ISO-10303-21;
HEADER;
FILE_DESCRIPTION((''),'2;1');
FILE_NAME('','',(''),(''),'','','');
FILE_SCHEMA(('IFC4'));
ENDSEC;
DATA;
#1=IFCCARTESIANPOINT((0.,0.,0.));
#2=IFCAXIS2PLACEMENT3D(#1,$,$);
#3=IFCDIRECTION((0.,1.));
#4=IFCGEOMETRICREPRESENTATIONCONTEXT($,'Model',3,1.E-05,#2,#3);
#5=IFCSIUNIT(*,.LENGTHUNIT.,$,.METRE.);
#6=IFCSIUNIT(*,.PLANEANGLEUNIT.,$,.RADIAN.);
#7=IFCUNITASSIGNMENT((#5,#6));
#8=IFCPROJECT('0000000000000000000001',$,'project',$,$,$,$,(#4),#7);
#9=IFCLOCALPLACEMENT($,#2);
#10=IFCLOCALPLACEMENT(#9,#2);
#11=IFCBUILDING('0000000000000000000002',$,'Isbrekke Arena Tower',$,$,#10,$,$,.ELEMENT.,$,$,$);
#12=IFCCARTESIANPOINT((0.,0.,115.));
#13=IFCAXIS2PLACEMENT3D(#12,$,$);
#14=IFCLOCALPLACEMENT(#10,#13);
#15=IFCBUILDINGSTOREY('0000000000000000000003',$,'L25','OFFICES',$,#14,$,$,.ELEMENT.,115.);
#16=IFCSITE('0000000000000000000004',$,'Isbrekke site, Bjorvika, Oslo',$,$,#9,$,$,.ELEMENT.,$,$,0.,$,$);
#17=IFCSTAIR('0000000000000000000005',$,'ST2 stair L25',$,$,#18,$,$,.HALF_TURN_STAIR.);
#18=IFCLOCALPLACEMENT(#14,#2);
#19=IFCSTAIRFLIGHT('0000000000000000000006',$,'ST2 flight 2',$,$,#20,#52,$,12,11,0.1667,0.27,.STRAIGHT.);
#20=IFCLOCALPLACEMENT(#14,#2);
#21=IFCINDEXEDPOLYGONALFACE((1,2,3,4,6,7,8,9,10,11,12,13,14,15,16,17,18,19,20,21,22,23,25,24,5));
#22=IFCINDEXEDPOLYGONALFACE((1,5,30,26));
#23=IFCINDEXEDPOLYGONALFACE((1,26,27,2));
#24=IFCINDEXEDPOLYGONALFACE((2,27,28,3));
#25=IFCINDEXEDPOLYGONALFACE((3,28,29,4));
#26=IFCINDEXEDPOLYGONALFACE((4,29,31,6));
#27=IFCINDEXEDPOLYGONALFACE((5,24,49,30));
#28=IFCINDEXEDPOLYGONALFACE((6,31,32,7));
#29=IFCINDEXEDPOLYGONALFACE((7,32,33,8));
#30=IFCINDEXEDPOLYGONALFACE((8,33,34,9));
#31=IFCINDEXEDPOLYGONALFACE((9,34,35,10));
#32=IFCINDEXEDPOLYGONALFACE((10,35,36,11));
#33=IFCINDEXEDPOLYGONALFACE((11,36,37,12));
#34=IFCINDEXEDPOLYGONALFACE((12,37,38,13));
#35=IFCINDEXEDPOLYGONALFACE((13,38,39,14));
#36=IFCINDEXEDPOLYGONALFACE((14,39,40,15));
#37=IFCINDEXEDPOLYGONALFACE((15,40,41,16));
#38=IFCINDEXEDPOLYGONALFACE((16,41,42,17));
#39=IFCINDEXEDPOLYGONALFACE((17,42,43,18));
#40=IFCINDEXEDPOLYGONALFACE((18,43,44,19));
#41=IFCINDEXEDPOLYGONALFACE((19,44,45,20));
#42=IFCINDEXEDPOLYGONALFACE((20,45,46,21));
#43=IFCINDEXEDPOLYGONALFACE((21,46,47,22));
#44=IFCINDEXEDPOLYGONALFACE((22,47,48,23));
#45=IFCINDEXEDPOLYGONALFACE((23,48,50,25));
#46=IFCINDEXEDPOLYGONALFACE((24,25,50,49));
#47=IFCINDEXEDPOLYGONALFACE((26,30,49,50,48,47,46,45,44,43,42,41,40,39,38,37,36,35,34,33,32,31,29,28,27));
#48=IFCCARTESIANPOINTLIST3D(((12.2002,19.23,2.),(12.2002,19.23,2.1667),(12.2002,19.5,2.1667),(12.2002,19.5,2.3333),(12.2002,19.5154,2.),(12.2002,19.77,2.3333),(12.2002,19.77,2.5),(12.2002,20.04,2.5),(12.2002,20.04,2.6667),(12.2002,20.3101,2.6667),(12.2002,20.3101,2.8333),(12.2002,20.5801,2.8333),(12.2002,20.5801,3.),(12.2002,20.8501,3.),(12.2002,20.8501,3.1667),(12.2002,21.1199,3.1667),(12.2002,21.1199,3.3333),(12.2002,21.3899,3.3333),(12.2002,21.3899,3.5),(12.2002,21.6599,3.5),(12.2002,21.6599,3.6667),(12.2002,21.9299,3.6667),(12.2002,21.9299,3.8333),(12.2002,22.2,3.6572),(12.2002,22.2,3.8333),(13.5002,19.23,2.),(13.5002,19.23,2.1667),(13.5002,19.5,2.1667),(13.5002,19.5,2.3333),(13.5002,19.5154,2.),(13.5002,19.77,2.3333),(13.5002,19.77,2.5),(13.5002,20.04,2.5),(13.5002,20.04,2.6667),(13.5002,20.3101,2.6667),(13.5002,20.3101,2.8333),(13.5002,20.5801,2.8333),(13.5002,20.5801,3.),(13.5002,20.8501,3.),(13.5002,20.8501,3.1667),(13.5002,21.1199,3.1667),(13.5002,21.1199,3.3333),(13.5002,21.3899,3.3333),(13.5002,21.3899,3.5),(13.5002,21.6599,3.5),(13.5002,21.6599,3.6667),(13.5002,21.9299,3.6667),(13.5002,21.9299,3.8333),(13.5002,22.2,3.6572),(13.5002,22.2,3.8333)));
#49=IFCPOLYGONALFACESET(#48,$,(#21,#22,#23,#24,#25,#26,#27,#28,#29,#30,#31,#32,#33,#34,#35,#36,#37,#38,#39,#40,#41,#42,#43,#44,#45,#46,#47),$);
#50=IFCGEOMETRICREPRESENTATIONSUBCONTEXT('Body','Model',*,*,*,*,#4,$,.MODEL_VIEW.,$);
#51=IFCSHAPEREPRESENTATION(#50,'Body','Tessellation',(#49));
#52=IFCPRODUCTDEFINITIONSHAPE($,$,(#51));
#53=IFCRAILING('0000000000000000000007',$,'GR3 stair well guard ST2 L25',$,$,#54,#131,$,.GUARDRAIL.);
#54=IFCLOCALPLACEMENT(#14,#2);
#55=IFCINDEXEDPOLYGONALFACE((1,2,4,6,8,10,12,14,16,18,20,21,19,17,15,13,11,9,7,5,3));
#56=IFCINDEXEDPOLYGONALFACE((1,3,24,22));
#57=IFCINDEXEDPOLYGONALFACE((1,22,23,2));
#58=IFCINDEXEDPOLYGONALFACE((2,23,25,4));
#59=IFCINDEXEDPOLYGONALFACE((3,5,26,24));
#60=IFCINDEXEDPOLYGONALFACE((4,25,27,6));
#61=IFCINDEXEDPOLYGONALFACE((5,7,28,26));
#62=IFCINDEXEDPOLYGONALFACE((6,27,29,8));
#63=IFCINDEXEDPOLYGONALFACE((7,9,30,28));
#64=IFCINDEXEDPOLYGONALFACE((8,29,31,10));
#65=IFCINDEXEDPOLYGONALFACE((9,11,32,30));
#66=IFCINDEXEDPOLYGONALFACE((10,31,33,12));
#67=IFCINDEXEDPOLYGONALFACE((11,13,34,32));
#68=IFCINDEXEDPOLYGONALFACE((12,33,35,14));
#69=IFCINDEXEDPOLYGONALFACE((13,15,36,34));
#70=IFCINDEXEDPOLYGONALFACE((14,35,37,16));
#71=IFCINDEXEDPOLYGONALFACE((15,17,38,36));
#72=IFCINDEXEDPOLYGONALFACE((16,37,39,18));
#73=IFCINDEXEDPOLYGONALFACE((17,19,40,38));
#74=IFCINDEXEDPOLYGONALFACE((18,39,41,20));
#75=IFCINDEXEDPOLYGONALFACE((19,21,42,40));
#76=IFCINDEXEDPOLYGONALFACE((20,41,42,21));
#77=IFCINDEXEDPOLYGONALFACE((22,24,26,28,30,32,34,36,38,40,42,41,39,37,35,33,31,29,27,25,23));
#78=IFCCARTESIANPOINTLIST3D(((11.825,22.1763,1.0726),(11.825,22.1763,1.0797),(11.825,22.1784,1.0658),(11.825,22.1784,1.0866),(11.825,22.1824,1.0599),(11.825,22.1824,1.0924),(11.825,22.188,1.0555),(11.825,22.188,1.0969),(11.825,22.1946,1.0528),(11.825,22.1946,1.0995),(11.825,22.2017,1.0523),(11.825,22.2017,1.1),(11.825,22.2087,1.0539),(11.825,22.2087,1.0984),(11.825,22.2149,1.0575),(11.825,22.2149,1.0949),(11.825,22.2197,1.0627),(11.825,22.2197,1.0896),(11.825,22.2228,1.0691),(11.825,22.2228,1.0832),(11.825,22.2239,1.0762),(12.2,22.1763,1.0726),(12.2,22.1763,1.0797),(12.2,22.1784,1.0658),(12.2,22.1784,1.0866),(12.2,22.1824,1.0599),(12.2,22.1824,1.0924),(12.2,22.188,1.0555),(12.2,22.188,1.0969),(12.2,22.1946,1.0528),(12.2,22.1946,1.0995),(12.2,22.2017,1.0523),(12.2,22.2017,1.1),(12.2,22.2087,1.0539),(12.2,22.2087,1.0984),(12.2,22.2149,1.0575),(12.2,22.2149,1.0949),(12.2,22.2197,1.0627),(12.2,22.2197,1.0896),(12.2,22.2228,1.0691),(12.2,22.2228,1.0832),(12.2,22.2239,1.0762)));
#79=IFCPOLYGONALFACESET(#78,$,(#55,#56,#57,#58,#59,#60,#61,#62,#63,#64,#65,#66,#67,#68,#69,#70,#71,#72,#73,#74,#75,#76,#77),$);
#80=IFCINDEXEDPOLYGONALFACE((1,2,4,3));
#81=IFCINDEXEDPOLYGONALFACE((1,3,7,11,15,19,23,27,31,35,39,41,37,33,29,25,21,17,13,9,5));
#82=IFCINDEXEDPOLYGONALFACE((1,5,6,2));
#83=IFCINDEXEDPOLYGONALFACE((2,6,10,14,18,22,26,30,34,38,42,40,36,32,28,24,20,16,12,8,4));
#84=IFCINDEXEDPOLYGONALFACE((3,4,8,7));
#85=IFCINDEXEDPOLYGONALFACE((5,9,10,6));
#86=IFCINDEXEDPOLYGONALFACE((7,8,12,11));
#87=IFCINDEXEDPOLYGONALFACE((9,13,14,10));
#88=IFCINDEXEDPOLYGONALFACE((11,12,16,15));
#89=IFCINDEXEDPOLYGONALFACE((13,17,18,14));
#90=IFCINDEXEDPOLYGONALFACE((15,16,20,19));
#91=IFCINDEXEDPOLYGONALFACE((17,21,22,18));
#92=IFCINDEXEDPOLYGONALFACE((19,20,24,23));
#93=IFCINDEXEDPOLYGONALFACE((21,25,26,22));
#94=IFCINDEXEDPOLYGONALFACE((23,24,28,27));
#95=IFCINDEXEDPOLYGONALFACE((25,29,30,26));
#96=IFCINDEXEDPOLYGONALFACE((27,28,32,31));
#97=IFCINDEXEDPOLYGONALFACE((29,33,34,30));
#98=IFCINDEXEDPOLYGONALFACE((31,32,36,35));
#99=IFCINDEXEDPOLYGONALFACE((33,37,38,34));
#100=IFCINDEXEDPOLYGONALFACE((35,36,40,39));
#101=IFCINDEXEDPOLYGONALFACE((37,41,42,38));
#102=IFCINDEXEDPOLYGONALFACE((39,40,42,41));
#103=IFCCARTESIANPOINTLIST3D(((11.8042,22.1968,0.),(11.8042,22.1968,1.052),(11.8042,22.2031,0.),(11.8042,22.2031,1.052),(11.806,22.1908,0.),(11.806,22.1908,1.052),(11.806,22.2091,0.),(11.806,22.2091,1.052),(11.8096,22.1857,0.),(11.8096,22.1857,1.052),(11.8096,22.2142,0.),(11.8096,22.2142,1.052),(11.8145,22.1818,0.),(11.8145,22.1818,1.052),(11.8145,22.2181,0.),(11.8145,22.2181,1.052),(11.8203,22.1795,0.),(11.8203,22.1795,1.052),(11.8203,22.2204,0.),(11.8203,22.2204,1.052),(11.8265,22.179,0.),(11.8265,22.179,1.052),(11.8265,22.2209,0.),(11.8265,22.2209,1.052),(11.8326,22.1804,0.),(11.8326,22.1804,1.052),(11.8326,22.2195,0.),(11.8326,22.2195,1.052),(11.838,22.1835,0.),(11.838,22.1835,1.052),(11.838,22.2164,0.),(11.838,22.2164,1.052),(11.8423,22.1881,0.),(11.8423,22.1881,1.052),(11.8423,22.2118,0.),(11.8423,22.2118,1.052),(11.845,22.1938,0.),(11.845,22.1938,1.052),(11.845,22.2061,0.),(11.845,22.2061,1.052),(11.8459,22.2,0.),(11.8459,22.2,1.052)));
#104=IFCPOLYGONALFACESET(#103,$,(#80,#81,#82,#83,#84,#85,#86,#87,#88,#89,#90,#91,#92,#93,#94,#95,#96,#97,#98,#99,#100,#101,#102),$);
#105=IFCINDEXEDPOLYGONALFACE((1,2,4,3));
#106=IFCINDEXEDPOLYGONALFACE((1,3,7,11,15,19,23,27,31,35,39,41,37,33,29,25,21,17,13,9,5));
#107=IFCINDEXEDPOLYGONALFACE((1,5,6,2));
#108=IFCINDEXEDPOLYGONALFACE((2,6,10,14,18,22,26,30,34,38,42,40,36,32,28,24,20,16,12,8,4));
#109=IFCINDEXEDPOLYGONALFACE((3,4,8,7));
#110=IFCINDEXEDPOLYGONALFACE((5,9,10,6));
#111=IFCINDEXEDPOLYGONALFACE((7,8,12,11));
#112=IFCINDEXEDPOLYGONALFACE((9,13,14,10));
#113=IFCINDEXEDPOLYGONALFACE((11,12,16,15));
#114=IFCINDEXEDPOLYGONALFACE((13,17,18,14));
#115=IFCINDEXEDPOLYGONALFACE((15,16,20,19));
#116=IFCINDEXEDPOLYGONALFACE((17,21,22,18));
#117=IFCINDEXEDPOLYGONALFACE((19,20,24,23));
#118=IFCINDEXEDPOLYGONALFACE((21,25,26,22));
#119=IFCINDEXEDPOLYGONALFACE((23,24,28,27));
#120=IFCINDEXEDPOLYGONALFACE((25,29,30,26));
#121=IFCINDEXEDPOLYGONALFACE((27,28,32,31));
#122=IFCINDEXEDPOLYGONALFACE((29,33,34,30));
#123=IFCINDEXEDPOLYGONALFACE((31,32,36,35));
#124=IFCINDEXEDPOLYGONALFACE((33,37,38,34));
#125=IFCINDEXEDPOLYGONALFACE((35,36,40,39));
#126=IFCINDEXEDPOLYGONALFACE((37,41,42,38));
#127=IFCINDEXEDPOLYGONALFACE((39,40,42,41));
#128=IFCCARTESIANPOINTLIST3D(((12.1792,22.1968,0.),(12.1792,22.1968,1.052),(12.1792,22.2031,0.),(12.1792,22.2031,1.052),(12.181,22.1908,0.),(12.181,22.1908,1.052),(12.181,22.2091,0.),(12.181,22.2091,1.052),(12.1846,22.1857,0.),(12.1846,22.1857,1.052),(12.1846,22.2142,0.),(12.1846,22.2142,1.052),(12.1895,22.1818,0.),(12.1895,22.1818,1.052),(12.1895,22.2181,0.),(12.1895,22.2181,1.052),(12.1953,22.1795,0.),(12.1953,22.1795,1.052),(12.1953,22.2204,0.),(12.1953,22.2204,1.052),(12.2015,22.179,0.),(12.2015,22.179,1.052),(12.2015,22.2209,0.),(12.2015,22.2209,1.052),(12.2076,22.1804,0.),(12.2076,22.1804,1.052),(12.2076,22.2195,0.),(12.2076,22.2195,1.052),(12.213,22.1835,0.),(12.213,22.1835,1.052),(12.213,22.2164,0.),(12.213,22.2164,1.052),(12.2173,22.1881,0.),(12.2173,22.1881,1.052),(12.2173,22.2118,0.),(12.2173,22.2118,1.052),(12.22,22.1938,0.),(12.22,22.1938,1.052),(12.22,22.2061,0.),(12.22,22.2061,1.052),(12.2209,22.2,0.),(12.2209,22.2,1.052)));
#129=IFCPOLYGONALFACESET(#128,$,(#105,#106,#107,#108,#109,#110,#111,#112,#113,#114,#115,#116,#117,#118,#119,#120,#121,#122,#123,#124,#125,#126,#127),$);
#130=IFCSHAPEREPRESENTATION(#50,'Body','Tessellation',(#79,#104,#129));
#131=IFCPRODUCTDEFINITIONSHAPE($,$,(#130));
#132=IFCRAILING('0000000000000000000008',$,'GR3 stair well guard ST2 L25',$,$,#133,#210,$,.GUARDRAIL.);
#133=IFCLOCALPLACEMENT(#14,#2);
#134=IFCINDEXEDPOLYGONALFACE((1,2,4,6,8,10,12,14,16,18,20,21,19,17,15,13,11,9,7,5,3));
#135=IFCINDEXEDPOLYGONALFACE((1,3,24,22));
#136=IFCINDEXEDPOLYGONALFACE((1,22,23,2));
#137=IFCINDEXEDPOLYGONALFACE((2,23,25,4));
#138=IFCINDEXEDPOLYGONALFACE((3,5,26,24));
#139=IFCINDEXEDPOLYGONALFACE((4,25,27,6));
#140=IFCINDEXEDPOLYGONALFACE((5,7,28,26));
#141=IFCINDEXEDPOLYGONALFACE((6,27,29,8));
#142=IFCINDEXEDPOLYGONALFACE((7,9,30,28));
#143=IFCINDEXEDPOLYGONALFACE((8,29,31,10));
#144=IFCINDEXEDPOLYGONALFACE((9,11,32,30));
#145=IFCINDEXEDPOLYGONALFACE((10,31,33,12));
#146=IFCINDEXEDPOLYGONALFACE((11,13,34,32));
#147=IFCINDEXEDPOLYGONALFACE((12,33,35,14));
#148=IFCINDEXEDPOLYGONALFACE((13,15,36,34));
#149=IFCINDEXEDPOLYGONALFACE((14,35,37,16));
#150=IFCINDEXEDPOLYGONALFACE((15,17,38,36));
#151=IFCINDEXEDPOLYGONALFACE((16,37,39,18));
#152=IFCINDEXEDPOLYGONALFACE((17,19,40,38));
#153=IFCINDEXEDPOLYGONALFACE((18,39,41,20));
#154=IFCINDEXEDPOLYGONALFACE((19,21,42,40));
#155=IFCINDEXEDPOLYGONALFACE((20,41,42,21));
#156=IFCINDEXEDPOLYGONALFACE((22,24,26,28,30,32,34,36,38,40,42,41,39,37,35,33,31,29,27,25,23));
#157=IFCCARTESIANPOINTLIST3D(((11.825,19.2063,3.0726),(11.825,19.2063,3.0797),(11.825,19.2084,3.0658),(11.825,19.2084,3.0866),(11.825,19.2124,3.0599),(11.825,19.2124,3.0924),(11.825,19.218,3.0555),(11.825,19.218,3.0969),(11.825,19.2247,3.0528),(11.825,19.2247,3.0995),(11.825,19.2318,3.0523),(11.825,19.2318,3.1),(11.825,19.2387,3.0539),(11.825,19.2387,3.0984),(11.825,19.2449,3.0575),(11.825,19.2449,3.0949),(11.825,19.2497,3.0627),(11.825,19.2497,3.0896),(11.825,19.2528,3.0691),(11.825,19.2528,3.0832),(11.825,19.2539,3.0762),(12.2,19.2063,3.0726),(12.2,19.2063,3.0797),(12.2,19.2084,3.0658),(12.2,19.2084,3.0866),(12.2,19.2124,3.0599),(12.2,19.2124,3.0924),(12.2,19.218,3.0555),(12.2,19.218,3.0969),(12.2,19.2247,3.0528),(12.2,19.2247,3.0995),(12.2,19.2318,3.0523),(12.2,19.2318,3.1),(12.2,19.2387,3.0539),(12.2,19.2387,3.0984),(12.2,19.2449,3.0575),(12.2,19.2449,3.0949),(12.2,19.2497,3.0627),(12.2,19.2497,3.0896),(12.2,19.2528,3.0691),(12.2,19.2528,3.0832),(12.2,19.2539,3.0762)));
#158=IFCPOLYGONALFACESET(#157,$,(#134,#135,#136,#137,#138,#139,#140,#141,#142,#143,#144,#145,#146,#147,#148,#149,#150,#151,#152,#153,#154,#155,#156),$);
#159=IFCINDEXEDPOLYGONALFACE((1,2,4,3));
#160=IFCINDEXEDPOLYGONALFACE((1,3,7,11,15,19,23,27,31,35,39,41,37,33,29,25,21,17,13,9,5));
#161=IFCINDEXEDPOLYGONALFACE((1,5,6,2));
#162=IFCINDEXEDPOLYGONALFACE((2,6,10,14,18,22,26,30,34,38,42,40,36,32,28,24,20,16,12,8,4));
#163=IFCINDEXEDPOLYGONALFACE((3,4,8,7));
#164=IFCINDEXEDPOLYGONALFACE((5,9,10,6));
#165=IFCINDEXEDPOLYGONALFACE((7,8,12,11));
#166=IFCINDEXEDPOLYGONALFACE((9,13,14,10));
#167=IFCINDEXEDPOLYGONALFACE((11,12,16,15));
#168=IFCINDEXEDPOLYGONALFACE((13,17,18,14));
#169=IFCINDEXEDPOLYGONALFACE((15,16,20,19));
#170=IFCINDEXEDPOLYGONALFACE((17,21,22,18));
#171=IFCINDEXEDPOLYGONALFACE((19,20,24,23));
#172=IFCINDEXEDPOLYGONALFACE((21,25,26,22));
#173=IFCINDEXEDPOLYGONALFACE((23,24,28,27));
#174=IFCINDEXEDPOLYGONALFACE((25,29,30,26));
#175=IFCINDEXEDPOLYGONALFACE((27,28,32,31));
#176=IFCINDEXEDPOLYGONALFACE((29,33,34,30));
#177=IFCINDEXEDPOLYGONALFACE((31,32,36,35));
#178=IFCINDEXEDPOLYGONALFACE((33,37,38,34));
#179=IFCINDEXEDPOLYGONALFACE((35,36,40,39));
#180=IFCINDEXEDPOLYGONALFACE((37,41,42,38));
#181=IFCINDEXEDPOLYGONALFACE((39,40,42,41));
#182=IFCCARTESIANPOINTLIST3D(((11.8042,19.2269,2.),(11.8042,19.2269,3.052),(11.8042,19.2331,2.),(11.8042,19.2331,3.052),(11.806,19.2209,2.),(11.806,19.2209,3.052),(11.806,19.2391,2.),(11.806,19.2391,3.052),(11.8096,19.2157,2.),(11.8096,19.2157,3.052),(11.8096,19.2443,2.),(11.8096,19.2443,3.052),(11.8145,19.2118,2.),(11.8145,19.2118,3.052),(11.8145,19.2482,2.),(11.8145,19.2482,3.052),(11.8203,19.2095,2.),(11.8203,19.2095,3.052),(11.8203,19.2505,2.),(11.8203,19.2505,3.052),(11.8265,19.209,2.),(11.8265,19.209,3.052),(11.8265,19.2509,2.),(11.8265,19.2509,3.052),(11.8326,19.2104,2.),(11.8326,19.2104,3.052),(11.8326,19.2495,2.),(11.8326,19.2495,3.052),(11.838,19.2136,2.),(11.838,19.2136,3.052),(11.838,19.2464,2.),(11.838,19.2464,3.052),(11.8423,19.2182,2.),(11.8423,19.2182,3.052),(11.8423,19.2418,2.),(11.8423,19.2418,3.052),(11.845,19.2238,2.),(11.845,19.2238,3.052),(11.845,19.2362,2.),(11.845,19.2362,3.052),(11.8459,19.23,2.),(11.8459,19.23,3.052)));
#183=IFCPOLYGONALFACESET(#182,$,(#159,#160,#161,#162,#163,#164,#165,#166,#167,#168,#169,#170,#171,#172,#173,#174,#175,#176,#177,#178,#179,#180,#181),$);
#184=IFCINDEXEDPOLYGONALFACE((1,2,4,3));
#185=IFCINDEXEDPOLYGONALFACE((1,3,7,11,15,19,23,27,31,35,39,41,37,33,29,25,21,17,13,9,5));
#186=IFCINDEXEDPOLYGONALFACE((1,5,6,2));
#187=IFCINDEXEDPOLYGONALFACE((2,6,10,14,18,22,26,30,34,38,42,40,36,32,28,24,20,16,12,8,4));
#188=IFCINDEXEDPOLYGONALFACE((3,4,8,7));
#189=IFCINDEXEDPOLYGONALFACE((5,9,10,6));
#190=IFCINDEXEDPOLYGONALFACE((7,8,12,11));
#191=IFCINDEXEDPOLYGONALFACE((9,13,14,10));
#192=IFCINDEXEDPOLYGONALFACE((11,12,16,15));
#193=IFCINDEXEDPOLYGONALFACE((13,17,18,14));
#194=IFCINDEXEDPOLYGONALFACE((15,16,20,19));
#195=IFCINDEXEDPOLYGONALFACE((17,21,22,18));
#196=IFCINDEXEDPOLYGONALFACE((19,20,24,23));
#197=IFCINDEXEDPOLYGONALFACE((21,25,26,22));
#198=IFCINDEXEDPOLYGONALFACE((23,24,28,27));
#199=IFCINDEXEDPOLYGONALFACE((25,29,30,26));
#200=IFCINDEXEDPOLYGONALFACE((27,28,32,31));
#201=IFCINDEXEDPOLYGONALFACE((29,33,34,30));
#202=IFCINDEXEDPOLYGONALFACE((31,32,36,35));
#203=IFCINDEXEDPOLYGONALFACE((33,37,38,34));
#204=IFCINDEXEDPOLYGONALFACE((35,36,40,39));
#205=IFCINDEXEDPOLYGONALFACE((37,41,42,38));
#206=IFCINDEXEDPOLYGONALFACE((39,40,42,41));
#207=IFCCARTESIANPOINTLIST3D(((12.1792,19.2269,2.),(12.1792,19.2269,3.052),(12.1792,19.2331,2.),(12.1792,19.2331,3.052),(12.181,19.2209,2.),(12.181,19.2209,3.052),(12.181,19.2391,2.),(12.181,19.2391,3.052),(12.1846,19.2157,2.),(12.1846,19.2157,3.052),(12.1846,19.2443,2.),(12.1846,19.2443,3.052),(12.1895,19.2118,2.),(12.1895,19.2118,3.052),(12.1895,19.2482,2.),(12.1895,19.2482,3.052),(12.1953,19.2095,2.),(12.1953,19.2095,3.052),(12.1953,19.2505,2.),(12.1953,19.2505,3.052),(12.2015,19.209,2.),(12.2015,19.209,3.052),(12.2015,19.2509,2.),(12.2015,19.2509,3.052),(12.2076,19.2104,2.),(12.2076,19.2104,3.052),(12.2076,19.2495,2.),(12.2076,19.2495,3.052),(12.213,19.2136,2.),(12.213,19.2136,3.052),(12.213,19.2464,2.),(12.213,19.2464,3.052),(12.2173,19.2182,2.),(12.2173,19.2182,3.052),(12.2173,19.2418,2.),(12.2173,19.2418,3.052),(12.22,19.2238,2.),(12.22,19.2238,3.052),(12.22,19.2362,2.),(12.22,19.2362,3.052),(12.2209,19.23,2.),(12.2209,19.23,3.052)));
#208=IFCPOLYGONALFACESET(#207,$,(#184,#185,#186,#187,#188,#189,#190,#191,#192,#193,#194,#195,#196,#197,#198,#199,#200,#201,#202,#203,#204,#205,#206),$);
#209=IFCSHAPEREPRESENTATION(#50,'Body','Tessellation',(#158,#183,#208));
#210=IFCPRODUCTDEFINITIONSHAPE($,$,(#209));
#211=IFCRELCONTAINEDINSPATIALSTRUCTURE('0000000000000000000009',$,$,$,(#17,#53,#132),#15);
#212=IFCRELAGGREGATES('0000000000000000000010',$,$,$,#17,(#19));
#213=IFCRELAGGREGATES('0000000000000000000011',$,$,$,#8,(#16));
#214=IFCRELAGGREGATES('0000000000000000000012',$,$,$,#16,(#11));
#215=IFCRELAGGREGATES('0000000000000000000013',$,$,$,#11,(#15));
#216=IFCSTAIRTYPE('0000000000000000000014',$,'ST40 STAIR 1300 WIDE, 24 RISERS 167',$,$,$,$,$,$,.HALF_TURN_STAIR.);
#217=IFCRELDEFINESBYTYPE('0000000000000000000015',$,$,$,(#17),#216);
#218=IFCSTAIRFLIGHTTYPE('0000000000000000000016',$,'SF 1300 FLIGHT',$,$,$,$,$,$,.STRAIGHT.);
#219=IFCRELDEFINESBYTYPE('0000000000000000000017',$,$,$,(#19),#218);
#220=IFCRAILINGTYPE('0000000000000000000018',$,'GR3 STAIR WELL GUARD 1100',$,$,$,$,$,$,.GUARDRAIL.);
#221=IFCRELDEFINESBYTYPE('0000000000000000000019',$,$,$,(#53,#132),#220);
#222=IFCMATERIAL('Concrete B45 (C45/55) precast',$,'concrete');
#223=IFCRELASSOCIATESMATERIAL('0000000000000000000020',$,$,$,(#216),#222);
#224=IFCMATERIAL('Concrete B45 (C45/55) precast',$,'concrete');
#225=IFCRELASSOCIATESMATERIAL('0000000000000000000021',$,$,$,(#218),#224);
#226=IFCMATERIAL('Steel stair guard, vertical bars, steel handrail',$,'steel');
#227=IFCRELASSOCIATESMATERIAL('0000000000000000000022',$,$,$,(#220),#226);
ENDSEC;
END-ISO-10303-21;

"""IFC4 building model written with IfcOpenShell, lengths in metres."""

from ifc_helpers import new_model, si_unit, direction, frame, origin, origin_2d, place, context, subcontext, project, spatial, polyline, circle, outline, extrude, material, type_object, element, aggregate, save


model = new_model("IFC4")

# Units and contexts
model_context = context("Model", 3, precision=1e-05, world=origin(), true_north=direction((0.0, 1.0)))
body_context = subcontext(model_context, "Body", "Model", "MODEL_VIEW")
ifc_project = project(units=[si_unit("LENGTHUNIT", "METRE"), si_unit("PLANEANGLEUNIT", "RADIAN")], contexts=[model_context])

# Site, building, storey
site_placement = place(None, origin())
site = spatial("IfcSite", under=ifc_project, at=site_placement, Name="Isbrekke site, Bjorvika, Oslo", CompositionType="ELEMENT", RefElevation=0.0)
building_placement = place(site_placement, origin())
building = spatial("IfcBuilding", under=site, at=building_placement, Name="Isbrekke Arena Tower", CompositionType="ELEMENT")
storey_placement = place(building_placement, frame((0.0, 0.0, 115.0)))
storey = spatial("IfcBuildingStorey", under=building, at=storey_placement, Name="L25", Description="OFFICES", CompositionType="ELEMENT", Elevation=115.0)

# Stair, stair flight
ifc_material_1 = material(Name="Concrete B45 (C45/55) precast", Category="concrete")
stair_type = type_object("IfcStairType", Name="ST40 STAIR 1300 WIDE, 24 RISERS 167", PredefinedType="HALF_TURN_STAIR", material=ifc_material_1)
stair_placement = place(storey_placement, origin())
stair = element("IfcStair", 1, at=stair_placement, inside=storey, type_object=stair_type, Name="ST2 stair L25", PredefinedType="HALF_TURN_STAIR")
ifc_material_2 = material(Name="Concrete B45 (C45/55) precast", Category="concrete")
stair_flight_type = type_object("IfcStairFlightType", Name="SF 1300 FLIGHT", PredefinedType="STRAIGHT", material=ifc_material_2)
stair_flight_1_placement = place(storey_placement, frame((12.8501, 19.23, 2.0), z_axis=(0.0, 0.0, 1.0), x_axis=(0.0, 1.0, 0.0)))
stair_flight_1 = element("IfcStairFlight", 2, at=stair_flight_1_placement, type_object=stair_flight_type, Name="ST2 flight 2", NumberOfRisers=12, NumberOfTreads=11, PredefinedType="STRAIGHT", RiserHeight=0.1667, TreadLength=0.27, context=body_context, shape_type="SweptSolid", body=[
    extrude(outline(polyline([(0.0, 0.0), (0.0, 0.1667), (0.27, 0.1667), (0.27, 0.3333), (0.54, 0.3333), (0.54, 0.5), (0.8101, 0.5), (0.8101, 0.6667), (1.0801, 0.6667), (1.0801, 0.8333), (1.3501, 0.8333), (1.3501, 1.0), (1.6201, 1.0), (1.6201, 1.1667), (1.8899, 1.1667), (1.8899, 1.3333), (2.1599, 1.3333), (2.1599, 1.5), (2.4299, 1.5), (2.4299, 1.6667), (2.7, 1.6667), (2.7, 1.8333), (2.97, 1.8333), (2.97, 2.0), (2.97, 1.6572), (0.2854, 0.0), (0.0, 0.0)])), frame((0.0, 0.6499, 0.0), z_axis=(0.0, -1.0, 0.0), x_axis=(1.0, 0.0, 0.0)), (0.0, 0.0, 1.0), 1.3),
])
aggregate(stair, [stair_flight_1])

# Railings
ifc_material_3 = material(Name="Steel stair guard, vertical bars, steel handrail", Category="steel")
railing_type = type_object("IfcRailingType", Name="GR3 STAIR WELL GUARD 1100", PredefinedType="GUARDRAIL", material=ifc_material_3)
for number, where, name in (
    (3, (11.825, 22.2, 0.0), "GR3 stair well guard ST2 L25"),
    (4, (11.825, 19.23, 2.0), "GR3 stair well guard ST2 L25"),
):
    element("IfcRailing", number, at=place(storey_placement, frame(where)), inside=storey, type_object=railing_type, Name=name, PredefinedType="GUARDRAIL", context=body_context, shape_type="SweptSolid", body=[
        extrude(circle(Radius=0.0239, at=origin_2d()), frame((0.0, 0.0, 1.0762), z_axis=(1.0, 0.0, 0.0), x_axis=(0.0, 1.0, 0.0)), (0.0, 0.0, 1.0), 0.375),
        extrude(circle(Radius=0.021, at=origin_2d()), origin(), (0.0, 0.0, 1.0), 1.052),
        extrude(circle(Radius=0.021, at=origin_2d()), frame((0.375, 0.0, 0.0)), (0.0, 0.0, 1.0), 1.052),
    ])

save(model, "model.ifc")
